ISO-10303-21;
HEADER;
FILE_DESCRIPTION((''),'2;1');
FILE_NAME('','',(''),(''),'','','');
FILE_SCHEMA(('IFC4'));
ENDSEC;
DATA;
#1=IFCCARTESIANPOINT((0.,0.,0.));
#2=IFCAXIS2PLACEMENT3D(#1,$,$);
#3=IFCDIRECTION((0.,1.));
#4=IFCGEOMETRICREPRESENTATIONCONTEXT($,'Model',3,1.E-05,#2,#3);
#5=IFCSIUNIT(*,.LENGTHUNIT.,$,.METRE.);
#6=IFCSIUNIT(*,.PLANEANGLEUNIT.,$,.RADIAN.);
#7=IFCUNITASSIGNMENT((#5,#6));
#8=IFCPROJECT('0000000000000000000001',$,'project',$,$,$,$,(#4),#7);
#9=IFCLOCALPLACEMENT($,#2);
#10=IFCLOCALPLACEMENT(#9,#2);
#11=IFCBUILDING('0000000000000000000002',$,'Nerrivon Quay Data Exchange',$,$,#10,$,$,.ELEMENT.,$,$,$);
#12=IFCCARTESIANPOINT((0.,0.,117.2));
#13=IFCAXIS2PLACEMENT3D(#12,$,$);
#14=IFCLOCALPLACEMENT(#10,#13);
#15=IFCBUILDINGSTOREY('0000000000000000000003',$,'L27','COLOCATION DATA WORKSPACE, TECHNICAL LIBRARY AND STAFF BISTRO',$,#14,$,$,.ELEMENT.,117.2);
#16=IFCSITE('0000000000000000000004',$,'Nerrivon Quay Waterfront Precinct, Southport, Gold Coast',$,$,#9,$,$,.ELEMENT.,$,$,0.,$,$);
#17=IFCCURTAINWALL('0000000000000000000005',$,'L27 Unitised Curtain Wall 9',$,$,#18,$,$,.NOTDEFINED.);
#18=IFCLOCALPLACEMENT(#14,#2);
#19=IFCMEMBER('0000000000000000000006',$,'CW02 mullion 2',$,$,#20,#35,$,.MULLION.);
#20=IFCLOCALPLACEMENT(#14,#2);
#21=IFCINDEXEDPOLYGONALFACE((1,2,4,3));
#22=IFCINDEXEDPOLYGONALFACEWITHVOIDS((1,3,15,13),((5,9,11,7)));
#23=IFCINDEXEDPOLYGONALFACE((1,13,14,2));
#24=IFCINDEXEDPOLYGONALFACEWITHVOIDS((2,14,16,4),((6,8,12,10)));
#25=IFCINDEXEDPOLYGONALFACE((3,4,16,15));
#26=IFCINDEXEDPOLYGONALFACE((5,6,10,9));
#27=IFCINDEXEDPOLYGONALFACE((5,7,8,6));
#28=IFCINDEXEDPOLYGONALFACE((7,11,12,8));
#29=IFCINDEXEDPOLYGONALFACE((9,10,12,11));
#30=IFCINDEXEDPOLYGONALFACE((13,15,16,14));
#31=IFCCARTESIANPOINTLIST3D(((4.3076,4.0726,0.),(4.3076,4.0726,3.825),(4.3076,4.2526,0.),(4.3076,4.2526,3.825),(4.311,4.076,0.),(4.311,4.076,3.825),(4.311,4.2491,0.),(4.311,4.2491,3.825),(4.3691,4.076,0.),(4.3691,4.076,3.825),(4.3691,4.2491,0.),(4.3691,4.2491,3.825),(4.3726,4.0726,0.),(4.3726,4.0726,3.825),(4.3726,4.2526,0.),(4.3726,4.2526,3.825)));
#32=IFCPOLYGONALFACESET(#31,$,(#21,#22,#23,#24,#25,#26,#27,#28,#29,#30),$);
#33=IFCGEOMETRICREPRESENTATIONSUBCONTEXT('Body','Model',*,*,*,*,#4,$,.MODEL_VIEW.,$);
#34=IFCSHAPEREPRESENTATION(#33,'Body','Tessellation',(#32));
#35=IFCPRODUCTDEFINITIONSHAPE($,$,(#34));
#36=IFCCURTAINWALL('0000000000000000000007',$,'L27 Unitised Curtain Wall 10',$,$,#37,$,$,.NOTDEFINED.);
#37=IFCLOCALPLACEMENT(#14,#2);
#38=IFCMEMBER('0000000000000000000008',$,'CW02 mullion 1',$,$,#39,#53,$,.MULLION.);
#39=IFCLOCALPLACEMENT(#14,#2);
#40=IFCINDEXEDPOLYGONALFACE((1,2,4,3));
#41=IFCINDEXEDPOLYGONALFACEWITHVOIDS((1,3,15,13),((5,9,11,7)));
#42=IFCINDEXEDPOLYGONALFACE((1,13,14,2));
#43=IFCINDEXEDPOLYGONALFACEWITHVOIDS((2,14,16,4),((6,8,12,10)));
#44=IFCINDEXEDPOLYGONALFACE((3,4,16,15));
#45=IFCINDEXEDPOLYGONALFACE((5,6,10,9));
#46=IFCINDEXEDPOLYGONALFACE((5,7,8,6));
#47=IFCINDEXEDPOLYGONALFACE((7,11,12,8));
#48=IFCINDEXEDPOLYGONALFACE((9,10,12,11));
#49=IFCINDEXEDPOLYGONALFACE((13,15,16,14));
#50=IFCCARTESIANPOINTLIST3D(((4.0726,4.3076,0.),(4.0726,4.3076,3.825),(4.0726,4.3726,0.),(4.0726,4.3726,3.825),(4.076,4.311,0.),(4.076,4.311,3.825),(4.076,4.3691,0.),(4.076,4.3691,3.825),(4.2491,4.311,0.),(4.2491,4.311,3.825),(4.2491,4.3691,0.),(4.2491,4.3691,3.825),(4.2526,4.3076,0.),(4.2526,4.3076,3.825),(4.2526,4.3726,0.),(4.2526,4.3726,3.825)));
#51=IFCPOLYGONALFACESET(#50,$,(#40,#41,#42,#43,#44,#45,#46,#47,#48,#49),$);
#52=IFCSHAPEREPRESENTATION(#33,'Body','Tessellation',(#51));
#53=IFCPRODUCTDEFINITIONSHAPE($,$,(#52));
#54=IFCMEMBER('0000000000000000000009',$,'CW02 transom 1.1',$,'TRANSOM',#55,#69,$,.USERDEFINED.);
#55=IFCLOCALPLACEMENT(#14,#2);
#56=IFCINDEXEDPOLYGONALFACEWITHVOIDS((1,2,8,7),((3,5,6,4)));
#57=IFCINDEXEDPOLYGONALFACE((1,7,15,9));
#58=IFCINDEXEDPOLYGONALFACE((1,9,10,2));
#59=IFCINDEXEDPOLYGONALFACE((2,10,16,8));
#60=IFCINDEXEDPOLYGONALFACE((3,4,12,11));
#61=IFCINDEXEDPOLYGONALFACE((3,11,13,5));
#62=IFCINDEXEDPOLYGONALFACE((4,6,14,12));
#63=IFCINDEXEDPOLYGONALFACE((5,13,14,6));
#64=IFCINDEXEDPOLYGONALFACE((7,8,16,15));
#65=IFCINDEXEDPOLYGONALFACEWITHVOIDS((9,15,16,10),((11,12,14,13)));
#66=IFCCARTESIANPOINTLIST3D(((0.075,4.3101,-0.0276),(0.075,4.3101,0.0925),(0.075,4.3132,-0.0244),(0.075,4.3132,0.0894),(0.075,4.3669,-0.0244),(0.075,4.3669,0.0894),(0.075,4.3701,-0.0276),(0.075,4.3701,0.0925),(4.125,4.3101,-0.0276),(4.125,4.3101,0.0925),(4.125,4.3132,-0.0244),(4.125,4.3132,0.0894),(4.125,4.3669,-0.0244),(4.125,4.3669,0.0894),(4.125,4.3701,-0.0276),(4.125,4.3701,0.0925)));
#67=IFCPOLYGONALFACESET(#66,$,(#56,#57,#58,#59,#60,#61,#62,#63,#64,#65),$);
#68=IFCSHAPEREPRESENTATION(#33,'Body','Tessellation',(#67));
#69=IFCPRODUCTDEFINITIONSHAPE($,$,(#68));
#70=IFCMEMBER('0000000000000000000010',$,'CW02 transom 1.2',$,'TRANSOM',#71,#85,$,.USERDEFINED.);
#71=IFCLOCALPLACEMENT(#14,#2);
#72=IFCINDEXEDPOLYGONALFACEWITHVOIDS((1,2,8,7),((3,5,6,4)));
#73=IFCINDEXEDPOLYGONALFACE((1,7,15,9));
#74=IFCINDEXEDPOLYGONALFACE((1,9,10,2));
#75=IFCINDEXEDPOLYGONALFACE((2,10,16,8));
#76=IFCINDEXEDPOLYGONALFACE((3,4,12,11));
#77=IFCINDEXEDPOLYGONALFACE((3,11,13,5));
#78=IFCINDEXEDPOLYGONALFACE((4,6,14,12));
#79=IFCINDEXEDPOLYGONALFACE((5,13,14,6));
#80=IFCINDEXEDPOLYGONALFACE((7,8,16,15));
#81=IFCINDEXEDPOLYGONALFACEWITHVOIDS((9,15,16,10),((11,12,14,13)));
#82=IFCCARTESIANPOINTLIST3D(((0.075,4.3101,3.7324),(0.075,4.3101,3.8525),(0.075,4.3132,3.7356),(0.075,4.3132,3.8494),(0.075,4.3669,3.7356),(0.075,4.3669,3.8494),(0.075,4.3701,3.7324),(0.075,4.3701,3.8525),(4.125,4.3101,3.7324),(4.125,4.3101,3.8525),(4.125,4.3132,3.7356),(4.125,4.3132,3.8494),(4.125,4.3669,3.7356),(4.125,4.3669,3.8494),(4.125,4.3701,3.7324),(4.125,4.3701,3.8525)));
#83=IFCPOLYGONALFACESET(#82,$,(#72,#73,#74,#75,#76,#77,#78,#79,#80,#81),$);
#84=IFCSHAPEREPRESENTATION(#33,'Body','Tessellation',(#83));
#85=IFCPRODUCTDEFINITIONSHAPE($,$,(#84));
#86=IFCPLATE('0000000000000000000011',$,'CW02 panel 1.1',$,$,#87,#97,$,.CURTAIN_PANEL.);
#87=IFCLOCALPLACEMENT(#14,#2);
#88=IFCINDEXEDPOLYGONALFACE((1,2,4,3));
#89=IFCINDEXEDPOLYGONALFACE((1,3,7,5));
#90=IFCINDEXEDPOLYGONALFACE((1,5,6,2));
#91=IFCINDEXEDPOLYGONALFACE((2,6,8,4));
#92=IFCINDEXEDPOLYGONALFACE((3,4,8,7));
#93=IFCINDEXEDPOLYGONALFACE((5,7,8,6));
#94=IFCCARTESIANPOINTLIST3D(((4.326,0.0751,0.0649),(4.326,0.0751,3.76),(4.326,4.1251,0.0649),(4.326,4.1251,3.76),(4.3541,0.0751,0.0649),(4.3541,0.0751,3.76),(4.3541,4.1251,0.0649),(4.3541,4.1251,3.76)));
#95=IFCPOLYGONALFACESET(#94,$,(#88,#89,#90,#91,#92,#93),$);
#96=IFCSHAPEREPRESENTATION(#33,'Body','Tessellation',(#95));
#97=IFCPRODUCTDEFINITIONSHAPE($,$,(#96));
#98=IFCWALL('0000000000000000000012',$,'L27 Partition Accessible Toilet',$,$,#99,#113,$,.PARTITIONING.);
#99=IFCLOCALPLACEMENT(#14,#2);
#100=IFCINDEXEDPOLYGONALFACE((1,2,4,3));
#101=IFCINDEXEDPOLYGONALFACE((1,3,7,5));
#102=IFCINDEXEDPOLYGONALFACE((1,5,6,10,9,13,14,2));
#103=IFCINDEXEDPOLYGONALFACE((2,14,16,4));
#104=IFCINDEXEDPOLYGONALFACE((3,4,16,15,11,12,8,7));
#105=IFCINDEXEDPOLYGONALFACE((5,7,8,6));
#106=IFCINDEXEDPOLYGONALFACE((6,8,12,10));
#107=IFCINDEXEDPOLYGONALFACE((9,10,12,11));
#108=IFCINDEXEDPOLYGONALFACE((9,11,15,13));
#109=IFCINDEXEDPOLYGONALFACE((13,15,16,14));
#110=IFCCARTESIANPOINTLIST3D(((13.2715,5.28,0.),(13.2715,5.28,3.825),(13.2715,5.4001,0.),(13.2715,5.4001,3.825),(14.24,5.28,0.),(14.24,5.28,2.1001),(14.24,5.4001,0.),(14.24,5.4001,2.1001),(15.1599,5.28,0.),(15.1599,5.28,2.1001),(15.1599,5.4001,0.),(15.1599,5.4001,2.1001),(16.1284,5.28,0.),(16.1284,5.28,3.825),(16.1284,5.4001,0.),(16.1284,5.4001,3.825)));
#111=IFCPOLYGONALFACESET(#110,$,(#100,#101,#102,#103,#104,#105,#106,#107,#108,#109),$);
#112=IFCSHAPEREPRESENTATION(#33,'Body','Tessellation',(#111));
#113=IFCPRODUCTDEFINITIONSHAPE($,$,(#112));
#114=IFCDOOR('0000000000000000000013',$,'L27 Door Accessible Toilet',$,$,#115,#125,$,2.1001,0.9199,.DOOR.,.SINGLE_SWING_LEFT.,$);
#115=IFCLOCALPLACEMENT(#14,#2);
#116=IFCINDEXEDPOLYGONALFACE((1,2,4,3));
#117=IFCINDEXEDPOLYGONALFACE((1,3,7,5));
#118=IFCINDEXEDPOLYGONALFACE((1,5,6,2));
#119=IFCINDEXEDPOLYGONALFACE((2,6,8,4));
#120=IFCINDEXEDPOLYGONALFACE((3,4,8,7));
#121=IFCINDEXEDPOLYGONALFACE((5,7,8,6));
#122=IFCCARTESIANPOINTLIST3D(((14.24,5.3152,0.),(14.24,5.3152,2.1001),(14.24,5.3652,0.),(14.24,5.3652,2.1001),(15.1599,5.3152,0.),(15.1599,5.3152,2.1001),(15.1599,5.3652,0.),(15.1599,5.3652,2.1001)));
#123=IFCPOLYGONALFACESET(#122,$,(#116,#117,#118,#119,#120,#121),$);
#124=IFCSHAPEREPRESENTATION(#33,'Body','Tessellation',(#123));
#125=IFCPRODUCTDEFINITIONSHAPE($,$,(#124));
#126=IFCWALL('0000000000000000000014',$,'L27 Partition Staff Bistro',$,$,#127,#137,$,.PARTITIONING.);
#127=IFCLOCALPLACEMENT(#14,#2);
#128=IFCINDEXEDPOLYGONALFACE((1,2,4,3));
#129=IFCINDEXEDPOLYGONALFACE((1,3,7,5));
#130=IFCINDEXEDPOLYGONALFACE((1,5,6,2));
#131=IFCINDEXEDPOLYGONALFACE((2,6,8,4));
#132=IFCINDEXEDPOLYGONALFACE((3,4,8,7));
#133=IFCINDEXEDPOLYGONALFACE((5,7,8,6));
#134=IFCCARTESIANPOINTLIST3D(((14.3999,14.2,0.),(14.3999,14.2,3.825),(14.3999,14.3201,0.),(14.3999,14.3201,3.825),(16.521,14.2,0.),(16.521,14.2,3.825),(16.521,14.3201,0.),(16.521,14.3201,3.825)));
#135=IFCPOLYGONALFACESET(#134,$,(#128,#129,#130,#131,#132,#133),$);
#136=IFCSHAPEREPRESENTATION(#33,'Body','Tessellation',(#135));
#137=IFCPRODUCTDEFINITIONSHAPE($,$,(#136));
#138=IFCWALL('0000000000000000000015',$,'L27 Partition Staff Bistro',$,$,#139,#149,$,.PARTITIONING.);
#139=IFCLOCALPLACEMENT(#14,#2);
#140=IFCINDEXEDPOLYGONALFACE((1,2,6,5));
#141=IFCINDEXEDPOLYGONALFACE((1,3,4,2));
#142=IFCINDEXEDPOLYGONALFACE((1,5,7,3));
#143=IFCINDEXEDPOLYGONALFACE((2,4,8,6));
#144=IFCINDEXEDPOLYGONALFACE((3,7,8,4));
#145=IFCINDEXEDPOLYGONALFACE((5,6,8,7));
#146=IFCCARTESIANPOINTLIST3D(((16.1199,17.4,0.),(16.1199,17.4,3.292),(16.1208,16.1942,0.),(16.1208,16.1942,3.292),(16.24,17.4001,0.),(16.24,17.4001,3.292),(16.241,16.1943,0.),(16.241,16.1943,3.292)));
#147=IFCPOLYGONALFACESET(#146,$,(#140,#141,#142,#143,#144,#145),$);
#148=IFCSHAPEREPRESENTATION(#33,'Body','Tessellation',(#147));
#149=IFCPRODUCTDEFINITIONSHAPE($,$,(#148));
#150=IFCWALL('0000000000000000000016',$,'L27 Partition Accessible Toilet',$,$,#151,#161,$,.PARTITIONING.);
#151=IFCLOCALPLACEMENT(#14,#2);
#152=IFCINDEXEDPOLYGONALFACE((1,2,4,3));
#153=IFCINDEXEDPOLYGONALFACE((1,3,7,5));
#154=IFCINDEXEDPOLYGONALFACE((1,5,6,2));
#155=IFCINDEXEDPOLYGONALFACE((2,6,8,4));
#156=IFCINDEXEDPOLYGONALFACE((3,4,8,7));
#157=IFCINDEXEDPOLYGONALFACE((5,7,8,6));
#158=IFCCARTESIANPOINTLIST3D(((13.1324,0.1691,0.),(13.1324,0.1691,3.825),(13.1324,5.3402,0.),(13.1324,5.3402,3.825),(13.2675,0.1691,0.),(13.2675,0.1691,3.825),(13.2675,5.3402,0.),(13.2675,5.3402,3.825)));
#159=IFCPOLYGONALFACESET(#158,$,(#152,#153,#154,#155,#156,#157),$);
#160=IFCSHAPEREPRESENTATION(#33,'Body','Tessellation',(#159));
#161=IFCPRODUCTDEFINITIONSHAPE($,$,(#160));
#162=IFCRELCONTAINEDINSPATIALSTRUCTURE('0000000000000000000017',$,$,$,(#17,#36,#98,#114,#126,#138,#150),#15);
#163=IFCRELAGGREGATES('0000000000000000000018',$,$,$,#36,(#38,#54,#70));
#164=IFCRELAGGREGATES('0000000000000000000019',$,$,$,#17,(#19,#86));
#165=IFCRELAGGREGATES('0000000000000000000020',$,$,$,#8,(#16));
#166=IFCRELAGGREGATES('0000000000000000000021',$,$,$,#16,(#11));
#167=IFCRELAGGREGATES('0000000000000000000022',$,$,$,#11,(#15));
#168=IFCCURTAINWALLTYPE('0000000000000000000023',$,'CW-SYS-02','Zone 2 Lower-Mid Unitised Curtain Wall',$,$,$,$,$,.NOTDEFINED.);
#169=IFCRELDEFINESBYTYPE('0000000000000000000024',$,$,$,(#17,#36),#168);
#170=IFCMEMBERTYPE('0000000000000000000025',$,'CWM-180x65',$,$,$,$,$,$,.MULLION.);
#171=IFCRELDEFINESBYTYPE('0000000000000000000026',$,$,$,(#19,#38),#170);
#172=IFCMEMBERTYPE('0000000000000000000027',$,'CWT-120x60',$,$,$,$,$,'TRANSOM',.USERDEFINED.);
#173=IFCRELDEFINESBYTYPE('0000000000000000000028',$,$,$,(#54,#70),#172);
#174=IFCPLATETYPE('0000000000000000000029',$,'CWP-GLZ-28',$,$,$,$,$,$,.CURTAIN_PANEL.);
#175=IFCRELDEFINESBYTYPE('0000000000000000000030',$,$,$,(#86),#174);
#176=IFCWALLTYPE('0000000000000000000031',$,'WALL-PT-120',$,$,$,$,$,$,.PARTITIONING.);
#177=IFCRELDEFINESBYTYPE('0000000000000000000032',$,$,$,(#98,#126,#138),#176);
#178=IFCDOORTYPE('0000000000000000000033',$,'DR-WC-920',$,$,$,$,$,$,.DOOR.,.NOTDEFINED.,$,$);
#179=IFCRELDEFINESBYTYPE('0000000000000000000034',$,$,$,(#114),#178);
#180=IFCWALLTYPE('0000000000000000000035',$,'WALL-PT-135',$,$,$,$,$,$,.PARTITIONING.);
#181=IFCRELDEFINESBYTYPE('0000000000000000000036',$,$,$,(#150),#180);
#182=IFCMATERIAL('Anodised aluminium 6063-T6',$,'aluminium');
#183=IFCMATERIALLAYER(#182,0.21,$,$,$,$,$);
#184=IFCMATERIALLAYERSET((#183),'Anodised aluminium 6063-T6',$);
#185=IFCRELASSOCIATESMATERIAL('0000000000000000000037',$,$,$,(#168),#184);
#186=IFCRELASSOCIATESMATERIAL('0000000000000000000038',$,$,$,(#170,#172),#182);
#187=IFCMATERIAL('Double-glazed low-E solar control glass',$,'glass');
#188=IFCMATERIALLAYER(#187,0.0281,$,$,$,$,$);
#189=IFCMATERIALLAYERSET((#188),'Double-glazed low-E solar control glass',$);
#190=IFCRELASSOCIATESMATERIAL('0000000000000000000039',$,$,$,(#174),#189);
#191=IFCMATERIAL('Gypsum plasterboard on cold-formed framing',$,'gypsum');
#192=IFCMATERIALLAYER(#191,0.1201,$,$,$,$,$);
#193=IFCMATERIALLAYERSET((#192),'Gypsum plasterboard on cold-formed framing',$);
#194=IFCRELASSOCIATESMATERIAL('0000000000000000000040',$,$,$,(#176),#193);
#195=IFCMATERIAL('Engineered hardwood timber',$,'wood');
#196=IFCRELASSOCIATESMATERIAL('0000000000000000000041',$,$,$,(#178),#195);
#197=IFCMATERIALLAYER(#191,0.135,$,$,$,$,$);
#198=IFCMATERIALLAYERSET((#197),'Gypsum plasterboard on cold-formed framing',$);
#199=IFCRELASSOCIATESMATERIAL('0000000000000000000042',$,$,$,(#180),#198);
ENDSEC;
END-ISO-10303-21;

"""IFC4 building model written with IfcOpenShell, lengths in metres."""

from ifc_helpers import new_model, si_unit, direction, frame, frame_2d, origin, origin_2d, place, context, subcontext, project, spatial, rectangle, hollow_rectangle, extrude, material, layer, layer_set, material_profile, profile_set, type_object, element, fill, aggregate, save


model = new_model("IFC4")

# Units and contexts
model_context = context("Model", 3, precision=1e-05, world=origin(), true_north=direction((0.0, 1.0)))
body_context = subcontext(model_context, "Body", "Model", "MODEL_VIEW")
ifc_project = project(units=[si_unit("LENGTHUNIT", "METRE"), si_unit("PLANEANGLEUNIT", "RADIAN")], contexts=[model_context])

# Site, building, storey
site_placement = place(None, origin())
site = spatial("IfcSite", under=ifc_project, at=site_placement, Name="Nerrivon Quay Waterfront Precinct, Southport, Gold Coast", CompositionType="ELEMENT", RefElevation=0.0)
building_placement = place(site_placement, origin())
building = spatial("IfcBuilding", under=site, at=building_placement, Name="Nerrivon Quay Data Exchange", CompositionType="ELEMENT")
storey_placement = place(building_placement, frame((0.0, 0.0, 117.2)))
storey = spatial("IfcBuildingStorey", under=building, at=storey_placement, Name="L27", Description="COLOCATION DATA WORKSPACE, TECHNICAL LIBRARY AND STAFF BISTRO", CompositionType="ELEMENT", Elevation=117.2)

# Curtain wall, member
ifc_material_1 = material(Name="Anodised aluminium 6063-T6", Category="aluminium")
ifc_layer_1 = layer(ifc_material_1, 0.21)
ifc_layer_set_1 = layer_set([ifc_layer_1], Name="Anodised aluminium 6063-T6")
curtain_wall_type = type_object("IfcCurtainWallType", Name="CW-SYS-02", Description="Zone 2 Lower-Mid Unitised Curtain Wall", PredefinedType="NOTDEFINED", material=ifc_layer_set_1)
curtain_wall_1_placement = place(storey_placement, origin())
curtain_wall_1 = element("IfcCurtainWall", 1, at=curtain_wall_1_placement, inside=storey, type_object=curtain_wall_type, Name="L27 Unitised Curtain Wall 9", PredefinedType="NOTDEFINED")
ifc_material_profile_1 = material_profile(ifc_material_1, hollow_rectangle(XDim=0.0649, YDim=0.1799, WallThickness=0.0034, at=origin_2d()), Name="ALU-MULL-180x65")
ifc_profile_set_1 = profile_set([ifc_material_profile_1], Name="Anodised aluminium 6063-T6")
member_type_1 = type_object("IfcMemberType", Name="CWM-180x65", PredefinedType="MULLION", material=ifc_profile_set_1)
member_1_placement = place(storey_placement, frame((4.3401, 4.1626, 0.0), z_axis=(0.0, 0.0, 1.0), x_axis=(-1.0, 0.0, 0.0)))
member_1 = element("IfcMember", 2, at=member_1_placement, type_object=member_type_1, Name="CW02 mullion 2", PredefinedType="MULLION", context=body_context, shape_type="SweptSolid", body=[
    extrude(hollow_rectangle(XDim=0.0649, YDim=0.1799, WallThickness=0.0034, at=origin_2d()), origin(), (0.0, 0.0, 1.0), 3.825),
])

# Curtain wall, members
curtain_wall_2_placement = place(storey_placement, origin())
curtain_wall_2 = element("IfcCurtainWall", 3, at=curtain_wall_2_placement, inside=storey, type_object=curtain_wall_type, Name="L27 Unitised Curtain Wall 10", PredefinedType="NOTDEFINED")
member_2_placement = place(storey_placement, frame((4.1626, 4.3401, 0.0), z_axis=(0.0, 0.0, 1.0), x_axis=(0.0, -1.0, 0.0)))
member_2 = element("IfcMember", 4, at=member_2_placement, type_object=member_type_1, Name="CW02 mullion 1", PredefinedType="MULLION", context=body_context, shape_type="SweptSolid", body=[
    extrude(hollow_rectangle(XDim=0.0649, YDim=0.1799, WallThickness=0.0034, at=origin_2d()), origin(), (0.0, 0.0, 1.0), 3.825),
])
ifc_material_profile_2 = material_profile(ifc_material_1, hollow_rectangle(XDim=0.0601, YDim=0.1201, WallThickness=0.0032, at=origin_2d()), Name="ALU-TRAN-120x60")
ifc_profile_set_2 = profile_set([ifc_material_profile_2], Name="Anodised aluminium 6063-T6")
member_type_2 = type_object("IfcMemberType", Name="CWT-120x60", ElementType="TRANSOM", PredefinedType="USERDEFINED", material=ifc_profile_set_2)
member_3_placement = place(storey_placement, frame((4.125, 4.3401, 0.0325), z_axis=(-1.0, 0.0, 0.0), x_axis=(0.0, -1.0, 0.0)))
member_3 = element("IfcMember", 5, at=member_3_placement, type_object=member_type_2, Name="CW02 transom 1.1", ObjectType="TRANSOM", PredefinedType="USERDEFINED", context=body_context, shape_type="SweptSolid", body=[
    extrude(hollow_rectangle(XDim=0.0601, YDim=0.1201, WallThickness=0.0032, at=origin_2d()), origin(), (0.0, 0.0, 1.0), 4.05),
])
member_4_placement = place(storey_placement, frame((4.125, 4.3401, 3.7925), z_axis=(-1.0, 0.0, 0.0), x_axis=(0.0, -1.0, 0.0)))
member_4 = element("IfcMember", 6, at=member_4_placement, type_object=member_type_2, Name="CW02 transom 1.2", ObjectType="TRANSOM", PredefinedType="USERDEFINED", context=body_context, shape_type="SweptSolid", body=[
    extrude(hollow_rectangle(XDim=0.0601, YDim=0.1201, WallThickness=0.0032, at=origin_2d()), origin(), (0.0, 0.0, 1.0), 4.05),
])
aggregate(curtain_wall_2, [member_2, member_3, member_4])

# Plate
ifc_material_2 = material(Name="Double-glazed low-E solar control glass", Category="glass")
ifc_layer_2 = layer(ifc_material_2, 0.0281)
ifc_layer_set_2 = layer_set([ifc_layer_2], Name="Double-glazed low-E solar control glass")
plate_type = type_object("IfcPlateType", Name="CWP-GLZ-28", PredefinedType="CURTAIN_PANEL", material=ifc_layer_set_2)
plate_placement = place(storey_placement, frame((4.3401, 2.1001, 0.0649), z_axis=(0.0, 0.0, 1.0), x_axis=(0.0, 1.0, 0.0)))
plate = element("IfcPlate", 7, at=plate_placement, type_object=plate_type, Name="CW02 panel 1.1", PredefinedType="CURTAIN_PANEL", context=body_context, shape_type="SweptSolid", body=[
    extrude(rectangle(XDim=4.05, YDim=0.0281, at=origin_2d()), origin(), (0.0, 0.0, 1.0), 3.6951),
])
aggregate(curtain_wall_1, [member_1, plate])

# Wall, opening, door
ifc_material_3 = material(Name="Gypsum plasterboard on cold-formed framing", Category="gypsum")
ifc_layer_3 = layer(ifc_material_3, 0.1201)
ifc_layer_set_3 = layer_set([ifc_layer_3], Name="Gypsum plasterboard on cold-formed framing")
wall_type_1 = type_object("IfcWallType", Name="WALL-PT-120", PredefinedType="PARTITIONING", material=ifc_layer_set_3)
wall_1_placement = place(storey_placement, frame((16.1284, 5.3401, 0.0), z_axis=(0.0, 0.0, 1.0), x_axis=(-1.0, 0.0, 0.0)))
wall_1 = element("IfcWall", 8, at=wall_1_placement, inside=storey, type_object=wall_type_1, Name="L27 Partition Accessible Toilet", PredefinedType="PARTITIONING", context=body_context, shape_type="SweptSolid", body=[
    extrude(rectangle(XDim=2.8569, YDim=0.1201, at=frame_2d((1.4285, 0.0))), origin(), (0.0, 0.0, 1.0), 3.825),
])
opening_1_placement = place(wall_1_placement, frame((0.9685, 0.0, 0.0)))
opening_1 = element("IfcOpeningElement", 9, at=opening_1_placement, cuts=wall_1, PredefinedType="OPENING", context=body_context, shape_type="SweptSolid", body=[
    extrude(rectangle(XDim=0.9199, YDim=2.1001, at=frame_2d((0.46, 1.05))), frame((0.0, 0.0701, 0.0), z_axis=(0.0, -1.0, 0.0), x_axis=(1.0, 0.0, 0.0)), (0.0, 0.0, 1.0), 0.1401),
])
ifc_material_4 = material(Name="Engineered hardwood timber", Category="wood")
door_type_1 = type_object("IfcDoorType", Name="DR-WC-920", OperationType="NOTDEFINED", PredefinedType="DOOR", material=ifc_material_4)
door_1_placement = place(opening_1_placement, origin())
door_1 = element("IfcDoor", 10, at=door_1_placement, inside=storey, type_object=door_type_1, Name="L27 Door Accessible Toilet", OperationType="SINGLE_SWING_LEFT", OverallHeight=2.1001, OverallWidth=0.9199, PredefinedType="DOOR", context=body_context, shape_type="SweptSolid", body=[
    extrude(rectangle(XDim=0.9199, YDim=2.1001, at=frame_2d((0.46, 1.05))), frame((0.0, 0.0249, 0.0), z_axis=(0.0, -1.0, 0.0), x_axis=(1.0, 0.0, 0.0)), (0.0, 0.0, 1.0), 0.05),
])
fill(opening_1, door_1)

# Walls
wall_2_placement = place(storey_placement, frame((14.3999, 14.26, 0.0), z_axis=(0.0, 0.0, 1.0), x_axis=(1.0, 0.0, 0.0)))
element("IfcWall", 11, at=wall_2_placement, inside=storey, type_object=wall_type_1, Name="L27 Partition Staff Bistro", PredefinedType="PARTITIONING", context=body_context, shape_type="SweptSolid", body=[
    extrude(rectangle(XDim=2.1211, YDim=0.1201, at=frame_2d((1.0605, 0.0))), origin(), (0.0, 0.0, 1.0), 3.825),
])
wall_3_placement = place(storey_placement, frame((16.1809, 16.1941, 0.0), z_axis=(0.0, 0.0, 1.0), x_axis=(-0.00081, 1.0, 0.0)))
element("IfcWall", 12, at=wall_3_placement, inside=storey, type_object=wall_type_1, Name="L27 Partition Staff Bistro", PredefinedType="PARTITIONING", context=body_context, shape_type="SweptSolid", body=[
    extrude(rectangle(XDim=1.2058, YDim=0.1201, at=frame_2d((0.603, 0.0))), origin(), (0.0, 0.0, 1.0), 3.292),
])
ifc_layer_4 = layer(ifc_material_3, 0.135)
ifc_layer_set_4 = layer_set([ifc_layer_4], Name="Gypsum plasterboard on cold-formed framing")
wall_type_2 = type_object("IfcWallType", Name="WALL-PT-135", PredefinedType="PARTITIONING", material=ifc_layer_set_4)
wall_4_placement = place(storey_placement, frame((13.2, 5.3401, 0.0), z_axis=(0.0, 0.0, 1.0), x_axis=(0.0, -1.0, 0.0)))
element("IfcWall", 13, at=wall_4_placement, inside=storey, type_object=wall_type_2, Name="L27 Partition Accessible Toilet", PredefinedType="PARTITIONING", context=body_context, shape_type="SweptSolid", body=[
    extrude(rectangle(XDim=5.1711, YDim=0.135, at=frame_2d((2.5854, 0.0))), origin(), (0.0, 0.0, 1.0), 3.825),
])

save(model, "model.ifc")
